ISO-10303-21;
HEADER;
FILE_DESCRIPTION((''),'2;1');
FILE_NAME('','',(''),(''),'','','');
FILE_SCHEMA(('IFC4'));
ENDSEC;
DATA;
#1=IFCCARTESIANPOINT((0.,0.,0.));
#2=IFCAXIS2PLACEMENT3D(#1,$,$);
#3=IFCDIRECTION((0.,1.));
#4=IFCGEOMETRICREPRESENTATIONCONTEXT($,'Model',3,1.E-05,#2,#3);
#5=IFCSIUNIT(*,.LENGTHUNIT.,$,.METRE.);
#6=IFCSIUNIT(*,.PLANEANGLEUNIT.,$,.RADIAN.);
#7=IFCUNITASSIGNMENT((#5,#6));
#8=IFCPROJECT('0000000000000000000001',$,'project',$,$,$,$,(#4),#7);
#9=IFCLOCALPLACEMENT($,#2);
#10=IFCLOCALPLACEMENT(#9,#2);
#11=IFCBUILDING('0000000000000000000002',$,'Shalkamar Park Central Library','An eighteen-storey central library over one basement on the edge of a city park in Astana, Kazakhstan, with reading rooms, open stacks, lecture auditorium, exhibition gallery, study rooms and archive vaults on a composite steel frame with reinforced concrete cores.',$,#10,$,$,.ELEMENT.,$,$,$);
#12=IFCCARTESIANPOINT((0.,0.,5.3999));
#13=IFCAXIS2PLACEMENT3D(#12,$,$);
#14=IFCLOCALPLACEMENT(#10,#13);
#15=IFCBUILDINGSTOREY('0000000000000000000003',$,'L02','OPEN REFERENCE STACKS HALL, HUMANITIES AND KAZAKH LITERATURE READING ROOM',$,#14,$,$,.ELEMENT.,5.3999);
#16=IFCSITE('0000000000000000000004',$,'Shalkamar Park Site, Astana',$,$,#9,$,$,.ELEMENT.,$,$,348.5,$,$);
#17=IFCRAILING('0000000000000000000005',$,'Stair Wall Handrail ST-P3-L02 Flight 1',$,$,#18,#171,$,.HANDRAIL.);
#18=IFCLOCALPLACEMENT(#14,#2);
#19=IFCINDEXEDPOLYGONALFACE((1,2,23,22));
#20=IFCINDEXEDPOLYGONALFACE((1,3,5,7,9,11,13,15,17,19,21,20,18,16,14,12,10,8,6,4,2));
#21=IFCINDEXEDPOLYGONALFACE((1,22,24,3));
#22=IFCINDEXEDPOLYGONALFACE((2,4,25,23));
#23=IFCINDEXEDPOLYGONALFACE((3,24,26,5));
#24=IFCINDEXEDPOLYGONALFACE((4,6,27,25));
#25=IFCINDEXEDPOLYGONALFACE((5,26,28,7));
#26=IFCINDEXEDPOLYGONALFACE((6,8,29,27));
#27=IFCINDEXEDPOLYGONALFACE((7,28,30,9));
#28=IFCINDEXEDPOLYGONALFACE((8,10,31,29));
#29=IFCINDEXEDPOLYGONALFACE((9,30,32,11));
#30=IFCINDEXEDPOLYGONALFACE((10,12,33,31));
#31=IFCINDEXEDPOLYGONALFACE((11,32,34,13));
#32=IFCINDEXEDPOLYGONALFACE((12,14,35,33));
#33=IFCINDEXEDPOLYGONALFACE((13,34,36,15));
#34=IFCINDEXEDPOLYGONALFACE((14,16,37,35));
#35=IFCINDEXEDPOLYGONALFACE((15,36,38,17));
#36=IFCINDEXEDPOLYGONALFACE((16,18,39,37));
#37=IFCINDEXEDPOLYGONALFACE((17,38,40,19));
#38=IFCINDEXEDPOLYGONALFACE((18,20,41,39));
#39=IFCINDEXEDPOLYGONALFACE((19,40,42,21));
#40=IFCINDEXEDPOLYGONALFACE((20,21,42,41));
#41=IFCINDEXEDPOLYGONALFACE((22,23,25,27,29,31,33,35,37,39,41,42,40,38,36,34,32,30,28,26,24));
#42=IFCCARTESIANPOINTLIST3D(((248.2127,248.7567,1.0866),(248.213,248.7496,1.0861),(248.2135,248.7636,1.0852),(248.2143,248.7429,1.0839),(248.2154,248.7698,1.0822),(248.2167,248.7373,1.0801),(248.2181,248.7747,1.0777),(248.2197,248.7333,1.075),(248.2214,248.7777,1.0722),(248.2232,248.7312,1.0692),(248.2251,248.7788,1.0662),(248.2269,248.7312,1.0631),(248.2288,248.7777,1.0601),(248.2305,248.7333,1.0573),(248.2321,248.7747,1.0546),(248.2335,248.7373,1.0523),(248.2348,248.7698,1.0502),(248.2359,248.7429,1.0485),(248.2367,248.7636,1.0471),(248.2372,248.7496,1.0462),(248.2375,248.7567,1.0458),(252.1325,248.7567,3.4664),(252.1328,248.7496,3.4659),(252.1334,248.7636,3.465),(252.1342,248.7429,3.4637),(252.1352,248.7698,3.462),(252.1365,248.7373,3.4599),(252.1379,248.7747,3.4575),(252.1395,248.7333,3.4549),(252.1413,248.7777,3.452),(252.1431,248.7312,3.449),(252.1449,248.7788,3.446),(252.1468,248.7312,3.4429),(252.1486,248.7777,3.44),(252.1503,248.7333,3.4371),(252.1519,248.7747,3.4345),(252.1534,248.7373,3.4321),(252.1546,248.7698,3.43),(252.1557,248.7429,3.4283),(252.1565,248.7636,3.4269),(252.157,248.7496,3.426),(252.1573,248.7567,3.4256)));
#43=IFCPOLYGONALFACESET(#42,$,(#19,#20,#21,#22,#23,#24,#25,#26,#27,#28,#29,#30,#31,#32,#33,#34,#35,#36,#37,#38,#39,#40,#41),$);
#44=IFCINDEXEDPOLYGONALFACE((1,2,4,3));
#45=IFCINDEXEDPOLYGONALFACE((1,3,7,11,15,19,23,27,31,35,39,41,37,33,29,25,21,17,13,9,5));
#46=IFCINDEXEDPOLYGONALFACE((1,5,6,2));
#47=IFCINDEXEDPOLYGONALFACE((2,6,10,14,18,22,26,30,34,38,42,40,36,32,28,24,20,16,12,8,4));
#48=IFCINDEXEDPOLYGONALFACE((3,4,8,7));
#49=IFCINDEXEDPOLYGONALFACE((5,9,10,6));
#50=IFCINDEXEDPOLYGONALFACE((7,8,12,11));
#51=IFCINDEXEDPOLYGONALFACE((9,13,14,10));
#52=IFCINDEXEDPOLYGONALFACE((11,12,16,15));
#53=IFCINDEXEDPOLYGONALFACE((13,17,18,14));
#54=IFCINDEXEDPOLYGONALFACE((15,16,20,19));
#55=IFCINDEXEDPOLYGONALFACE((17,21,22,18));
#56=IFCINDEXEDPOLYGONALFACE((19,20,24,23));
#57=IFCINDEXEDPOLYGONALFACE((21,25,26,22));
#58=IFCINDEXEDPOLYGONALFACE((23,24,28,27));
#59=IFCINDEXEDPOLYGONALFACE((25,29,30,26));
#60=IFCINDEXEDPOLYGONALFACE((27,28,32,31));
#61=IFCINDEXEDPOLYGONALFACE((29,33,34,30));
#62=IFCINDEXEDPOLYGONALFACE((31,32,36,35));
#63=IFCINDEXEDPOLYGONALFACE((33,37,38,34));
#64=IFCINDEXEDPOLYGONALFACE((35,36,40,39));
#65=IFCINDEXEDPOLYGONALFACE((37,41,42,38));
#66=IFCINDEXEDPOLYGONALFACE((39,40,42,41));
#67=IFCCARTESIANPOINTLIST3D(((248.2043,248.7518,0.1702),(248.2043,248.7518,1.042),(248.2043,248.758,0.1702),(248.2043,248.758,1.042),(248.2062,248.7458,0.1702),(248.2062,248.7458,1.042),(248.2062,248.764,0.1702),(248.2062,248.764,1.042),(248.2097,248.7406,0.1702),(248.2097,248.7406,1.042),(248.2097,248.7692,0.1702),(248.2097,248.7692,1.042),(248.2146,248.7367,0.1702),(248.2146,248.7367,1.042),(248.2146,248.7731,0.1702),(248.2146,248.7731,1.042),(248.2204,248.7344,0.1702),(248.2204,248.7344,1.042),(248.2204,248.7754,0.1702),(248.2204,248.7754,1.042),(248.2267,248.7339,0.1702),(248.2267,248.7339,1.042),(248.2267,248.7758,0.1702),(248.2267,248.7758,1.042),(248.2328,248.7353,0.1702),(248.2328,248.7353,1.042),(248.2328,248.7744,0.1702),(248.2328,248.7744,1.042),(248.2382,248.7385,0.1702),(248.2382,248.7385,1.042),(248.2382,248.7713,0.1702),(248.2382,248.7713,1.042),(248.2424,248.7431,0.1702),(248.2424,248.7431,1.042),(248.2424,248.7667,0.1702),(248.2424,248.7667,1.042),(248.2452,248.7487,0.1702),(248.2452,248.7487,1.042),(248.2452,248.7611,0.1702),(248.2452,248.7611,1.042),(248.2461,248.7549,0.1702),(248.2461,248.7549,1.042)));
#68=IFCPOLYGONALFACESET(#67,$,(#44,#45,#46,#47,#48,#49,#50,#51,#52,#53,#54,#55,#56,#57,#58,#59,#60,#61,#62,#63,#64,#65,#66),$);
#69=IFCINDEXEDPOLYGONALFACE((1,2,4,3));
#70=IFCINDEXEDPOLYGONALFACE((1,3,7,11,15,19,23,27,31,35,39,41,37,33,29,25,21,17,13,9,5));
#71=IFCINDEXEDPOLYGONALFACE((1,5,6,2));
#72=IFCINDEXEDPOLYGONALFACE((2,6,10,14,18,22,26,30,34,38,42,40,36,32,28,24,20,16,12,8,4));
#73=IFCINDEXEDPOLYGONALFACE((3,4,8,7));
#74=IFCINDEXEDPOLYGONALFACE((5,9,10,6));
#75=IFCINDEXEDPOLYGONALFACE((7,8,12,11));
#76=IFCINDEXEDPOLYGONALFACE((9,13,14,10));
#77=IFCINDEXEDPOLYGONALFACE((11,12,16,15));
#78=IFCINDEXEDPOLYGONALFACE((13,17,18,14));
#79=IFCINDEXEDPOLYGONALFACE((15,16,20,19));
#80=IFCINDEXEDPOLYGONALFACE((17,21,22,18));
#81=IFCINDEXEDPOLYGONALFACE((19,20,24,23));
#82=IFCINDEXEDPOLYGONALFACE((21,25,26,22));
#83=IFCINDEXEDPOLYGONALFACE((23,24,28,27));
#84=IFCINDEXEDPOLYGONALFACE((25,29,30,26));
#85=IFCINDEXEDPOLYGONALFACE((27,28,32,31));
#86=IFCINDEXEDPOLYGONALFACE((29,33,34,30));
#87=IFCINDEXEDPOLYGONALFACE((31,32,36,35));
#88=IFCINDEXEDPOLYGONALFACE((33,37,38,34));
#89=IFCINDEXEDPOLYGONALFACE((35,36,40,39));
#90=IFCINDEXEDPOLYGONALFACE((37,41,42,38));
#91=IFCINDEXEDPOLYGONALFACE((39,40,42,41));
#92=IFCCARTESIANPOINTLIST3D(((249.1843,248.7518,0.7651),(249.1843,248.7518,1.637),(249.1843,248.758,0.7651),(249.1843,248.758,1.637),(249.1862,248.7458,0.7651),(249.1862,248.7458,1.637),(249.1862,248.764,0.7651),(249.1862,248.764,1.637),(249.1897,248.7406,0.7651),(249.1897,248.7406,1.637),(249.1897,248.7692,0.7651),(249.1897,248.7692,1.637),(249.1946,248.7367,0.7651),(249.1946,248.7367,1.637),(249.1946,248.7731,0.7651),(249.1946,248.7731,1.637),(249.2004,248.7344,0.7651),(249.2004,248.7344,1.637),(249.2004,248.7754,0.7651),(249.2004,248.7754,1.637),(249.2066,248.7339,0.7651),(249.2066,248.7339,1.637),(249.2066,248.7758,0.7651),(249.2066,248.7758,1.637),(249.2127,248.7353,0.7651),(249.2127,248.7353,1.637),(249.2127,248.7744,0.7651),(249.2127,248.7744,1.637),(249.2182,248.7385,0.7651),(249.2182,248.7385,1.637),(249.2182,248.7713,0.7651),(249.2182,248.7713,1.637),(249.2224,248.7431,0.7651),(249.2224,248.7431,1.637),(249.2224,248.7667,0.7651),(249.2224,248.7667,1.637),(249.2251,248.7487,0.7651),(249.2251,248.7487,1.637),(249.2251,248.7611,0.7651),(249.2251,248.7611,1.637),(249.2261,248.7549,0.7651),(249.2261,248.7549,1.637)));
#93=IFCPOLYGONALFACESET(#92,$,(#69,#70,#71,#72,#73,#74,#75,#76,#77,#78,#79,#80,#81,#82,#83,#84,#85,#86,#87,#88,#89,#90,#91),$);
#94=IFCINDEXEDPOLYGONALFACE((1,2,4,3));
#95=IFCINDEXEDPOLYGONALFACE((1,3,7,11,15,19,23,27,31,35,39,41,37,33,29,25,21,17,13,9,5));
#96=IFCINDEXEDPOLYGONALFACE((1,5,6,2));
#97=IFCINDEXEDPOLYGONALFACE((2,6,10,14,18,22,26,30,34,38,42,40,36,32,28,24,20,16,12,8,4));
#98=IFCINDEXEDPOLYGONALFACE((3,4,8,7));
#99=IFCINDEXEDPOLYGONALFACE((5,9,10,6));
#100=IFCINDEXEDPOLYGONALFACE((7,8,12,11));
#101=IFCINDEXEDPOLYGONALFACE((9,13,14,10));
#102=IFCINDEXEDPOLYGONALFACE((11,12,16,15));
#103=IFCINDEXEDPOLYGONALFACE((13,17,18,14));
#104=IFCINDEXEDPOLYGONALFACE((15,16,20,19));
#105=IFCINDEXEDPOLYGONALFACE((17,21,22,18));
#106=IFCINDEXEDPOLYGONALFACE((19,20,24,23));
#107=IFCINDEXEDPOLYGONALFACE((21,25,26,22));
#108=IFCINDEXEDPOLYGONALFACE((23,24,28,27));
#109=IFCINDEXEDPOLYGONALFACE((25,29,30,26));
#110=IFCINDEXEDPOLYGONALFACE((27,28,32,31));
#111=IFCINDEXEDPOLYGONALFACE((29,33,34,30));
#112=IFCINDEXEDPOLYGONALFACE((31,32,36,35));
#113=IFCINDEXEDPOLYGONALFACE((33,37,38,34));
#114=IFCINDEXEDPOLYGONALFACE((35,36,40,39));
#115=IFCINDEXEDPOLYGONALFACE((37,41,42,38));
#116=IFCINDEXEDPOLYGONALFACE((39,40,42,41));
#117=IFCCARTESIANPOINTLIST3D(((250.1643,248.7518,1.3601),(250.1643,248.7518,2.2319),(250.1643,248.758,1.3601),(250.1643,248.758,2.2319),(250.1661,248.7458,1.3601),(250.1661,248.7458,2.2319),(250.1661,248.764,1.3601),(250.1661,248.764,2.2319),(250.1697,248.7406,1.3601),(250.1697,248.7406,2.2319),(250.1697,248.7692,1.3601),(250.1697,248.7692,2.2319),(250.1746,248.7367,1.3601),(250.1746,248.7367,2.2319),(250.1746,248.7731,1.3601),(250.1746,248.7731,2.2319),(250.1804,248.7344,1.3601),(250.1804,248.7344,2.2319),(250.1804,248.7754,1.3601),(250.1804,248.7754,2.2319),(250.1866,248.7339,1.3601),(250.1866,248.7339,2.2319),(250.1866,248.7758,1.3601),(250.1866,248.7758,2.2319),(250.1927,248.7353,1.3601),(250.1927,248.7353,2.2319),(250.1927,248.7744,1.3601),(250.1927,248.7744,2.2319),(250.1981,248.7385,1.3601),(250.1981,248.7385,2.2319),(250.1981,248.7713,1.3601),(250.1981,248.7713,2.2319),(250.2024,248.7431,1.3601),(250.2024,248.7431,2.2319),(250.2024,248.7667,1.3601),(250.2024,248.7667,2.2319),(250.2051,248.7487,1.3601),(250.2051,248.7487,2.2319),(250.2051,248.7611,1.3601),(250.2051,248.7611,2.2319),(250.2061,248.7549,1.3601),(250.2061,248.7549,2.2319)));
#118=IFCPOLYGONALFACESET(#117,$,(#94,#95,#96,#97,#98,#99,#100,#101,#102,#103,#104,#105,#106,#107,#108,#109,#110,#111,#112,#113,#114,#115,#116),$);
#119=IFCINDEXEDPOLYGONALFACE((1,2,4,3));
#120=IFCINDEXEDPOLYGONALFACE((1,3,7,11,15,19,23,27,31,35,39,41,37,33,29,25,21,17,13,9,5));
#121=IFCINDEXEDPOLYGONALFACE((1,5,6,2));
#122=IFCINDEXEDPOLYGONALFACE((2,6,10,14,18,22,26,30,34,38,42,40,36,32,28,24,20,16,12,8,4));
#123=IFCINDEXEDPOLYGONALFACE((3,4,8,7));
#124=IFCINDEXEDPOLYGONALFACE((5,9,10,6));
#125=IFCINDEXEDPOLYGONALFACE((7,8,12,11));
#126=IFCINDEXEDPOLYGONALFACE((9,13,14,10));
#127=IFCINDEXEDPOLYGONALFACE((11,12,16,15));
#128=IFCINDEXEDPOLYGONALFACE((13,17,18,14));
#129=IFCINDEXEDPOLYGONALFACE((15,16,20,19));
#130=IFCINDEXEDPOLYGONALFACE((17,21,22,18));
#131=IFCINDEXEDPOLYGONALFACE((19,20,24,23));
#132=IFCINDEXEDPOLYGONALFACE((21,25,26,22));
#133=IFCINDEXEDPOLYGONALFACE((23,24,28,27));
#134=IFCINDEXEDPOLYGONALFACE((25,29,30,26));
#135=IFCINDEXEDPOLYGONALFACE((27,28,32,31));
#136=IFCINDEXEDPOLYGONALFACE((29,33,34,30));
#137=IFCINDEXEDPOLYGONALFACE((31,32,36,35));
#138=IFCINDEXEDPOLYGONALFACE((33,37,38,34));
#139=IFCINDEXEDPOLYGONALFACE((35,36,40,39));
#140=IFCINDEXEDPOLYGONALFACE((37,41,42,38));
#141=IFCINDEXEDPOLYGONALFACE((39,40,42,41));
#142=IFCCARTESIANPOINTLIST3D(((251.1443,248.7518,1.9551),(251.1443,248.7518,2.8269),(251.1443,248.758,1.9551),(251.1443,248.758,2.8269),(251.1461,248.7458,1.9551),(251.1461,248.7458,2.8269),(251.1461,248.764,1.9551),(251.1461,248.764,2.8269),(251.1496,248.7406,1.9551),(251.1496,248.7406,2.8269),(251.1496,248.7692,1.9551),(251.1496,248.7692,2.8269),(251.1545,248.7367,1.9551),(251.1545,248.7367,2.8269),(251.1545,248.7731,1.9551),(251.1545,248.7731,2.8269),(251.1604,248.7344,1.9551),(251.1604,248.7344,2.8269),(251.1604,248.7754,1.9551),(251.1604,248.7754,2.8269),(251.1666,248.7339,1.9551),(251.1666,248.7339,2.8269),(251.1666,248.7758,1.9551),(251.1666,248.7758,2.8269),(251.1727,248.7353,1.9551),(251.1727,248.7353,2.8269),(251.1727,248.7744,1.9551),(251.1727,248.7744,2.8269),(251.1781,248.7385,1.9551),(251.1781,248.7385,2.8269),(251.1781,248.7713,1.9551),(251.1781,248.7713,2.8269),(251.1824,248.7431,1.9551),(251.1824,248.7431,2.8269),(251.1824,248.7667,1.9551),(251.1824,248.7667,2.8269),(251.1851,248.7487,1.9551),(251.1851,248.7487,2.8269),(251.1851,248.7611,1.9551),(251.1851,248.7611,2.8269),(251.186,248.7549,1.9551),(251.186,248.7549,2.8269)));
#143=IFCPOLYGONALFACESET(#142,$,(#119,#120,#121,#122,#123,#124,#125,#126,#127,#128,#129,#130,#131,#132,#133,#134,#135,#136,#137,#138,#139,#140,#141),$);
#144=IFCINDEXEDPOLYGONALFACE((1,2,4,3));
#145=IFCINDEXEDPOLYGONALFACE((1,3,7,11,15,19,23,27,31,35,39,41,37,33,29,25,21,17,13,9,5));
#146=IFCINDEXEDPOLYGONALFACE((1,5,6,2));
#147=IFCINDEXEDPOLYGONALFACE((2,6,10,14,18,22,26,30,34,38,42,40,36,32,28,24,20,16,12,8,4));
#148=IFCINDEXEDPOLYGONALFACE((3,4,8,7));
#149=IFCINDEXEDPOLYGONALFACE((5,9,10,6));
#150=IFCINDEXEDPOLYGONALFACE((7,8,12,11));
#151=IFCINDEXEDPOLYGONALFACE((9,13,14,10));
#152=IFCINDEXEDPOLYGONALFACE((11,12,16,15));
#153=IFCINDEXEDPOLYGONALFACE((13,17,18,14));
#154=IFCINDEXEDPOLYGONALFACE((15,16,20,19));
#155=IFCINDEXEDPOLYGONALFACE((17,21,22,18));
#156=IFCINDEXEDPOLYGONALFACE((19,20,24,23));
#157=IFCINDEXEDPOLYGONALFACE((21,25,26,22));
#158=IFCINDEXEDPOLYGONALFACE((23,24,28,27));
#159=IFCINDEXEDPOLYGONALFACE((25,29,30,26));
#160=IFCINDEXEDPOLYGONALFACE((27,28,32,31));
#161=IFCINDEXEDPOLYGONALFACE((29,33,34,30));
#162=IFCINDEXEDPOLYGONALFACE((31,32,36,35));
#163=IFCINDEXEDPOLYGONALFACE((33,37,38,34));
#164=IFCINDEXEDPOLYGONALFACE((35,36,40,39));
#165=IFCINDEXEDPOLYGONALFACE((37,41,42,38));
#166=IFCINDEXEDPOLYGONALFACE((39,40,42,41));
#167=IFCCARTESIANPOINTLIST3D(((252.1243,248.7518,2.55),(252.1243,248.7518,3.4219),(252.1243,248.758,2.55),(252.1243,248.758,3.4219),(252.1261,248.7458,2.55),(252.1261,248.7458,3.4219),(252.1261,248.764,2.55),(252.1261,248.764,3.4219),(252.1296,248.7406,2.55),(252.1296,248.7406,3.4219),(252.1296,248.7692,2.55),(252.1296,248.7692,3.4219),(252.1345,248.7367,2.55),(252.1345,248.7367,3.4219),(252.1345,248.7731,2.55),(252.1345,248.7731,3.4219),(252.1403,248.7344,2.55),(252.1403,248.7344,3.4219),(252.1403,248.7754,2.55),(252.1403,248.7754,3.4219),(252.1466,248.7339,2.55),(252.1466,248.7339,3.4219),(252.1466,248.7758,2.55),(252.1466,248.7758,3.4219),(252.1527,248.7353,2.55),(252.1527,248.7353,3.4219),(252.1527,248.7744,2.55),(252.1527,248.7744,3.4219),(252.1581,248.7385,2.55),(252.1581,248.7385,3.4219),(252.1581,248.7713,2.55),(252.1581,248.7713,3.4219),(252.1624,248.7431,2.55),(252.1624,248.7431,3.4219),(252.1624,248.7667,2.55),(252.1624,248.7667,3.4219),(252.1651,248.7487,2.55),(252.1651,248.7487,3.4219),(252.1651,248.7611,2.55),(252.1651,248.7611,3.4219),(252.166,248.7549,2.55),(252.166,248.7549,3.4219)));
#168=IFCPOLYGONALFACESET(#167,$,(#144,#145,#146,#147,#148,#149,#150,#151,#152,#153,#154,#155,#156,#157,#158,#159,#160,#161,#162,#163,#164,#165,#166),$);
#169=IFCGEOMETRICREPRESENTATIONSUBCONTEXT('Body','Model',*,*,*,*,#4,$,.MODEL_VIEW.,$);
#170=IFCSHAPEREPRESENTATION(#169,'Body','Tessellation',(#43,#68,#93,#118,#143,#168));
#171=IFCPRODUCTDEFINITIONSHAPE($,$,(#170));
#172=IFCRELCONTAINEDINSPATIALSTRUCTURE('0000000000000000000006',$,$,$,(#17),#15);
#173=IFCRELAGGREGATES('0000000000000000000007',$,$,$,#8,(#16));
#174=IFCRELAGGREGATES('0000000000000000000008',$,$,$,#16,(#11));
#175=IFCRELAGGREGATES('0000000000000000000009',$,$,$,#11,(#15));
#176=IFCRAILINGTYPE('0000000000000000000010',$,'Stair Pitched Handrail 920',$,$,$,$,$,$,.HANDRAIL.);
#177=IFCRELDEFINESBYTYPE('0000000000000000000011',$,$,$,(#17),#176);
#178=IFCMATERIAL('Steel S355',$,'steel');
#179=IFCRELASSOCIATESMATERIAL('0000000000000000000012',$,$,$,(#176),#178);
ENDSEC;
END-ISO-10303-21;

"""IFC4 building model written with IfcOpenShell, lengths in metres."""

from ifc_helpers import new_model, si_unit, direction, frame, origin, origin_2d, place, context, subcontext, project, spatial, circle, extrude, material, type_object, element, save


model = new_model("IFC4")

# Units and contexts
model_context = context("Model", 3, precision=1e-05, world=origin(), true_north=direction((0.0, 1.0)))
body_context = subcontext(model_context, "Body", "Model", "MODEL_VIEW")
ifc_project = project(units=[si_unit("LENGTHUNIT", "METRE"), si_unit("PLANEANGLEUNIT", "RADIAN")], contexts=[model_context])

# Site, building, storey
site_placement = place(None, origin())
site = spatial("IfcSite", under=ifc_project, at=site_placement, Name="Shalkamar Park Site, Astana", CompositionType="ELEMENT", RefElevation=348.5)
building_placement = place(site_placement, origin())
building = spatial("IfcBuilding", under=site, at=building_placement, Name="Shalkamar Park Central Library", Description="An eighteen-storey central library over one basement on the edge of a city park in Astana, Kazakhstan, with reading rooms, open stacks, lecture auditorium, exhibition gallery, study rooms and archive vaults on a composite steel frame with reinforced concrete cores.", CompositionType="ELEMENT")
storey_placement = place(building_placement, frame((0.0, 0.0, 5.3999)))
storey = spatial("IfcBuildingStorey", under=building, at=storey_placement, Name="L02", Description="OPEN REFERENCE STACKS HALL, HUMANITIES AND KAZAKH LITERATURE READING ROOM", CompositionType="ELEMENT", Elevation=5.3999)

# Shared definitions
ifc_material_1 = material(Name="Steel S355", Category="steel")

# Railing
railing_type_1 = type_object("IfcRailingType", Name="Stair Pitched Handrail 920", PredefinedType="HANDRAIL", material=ifc_material_1)
railing_1_placement = place(storey_placement, frame((248.2251, 248.7549, 0.1702)))
element("IfcRailing", 1, at=railing_1_placement, inside=storey, type_object=railing_type_1, Name="Stair Wall Handrail ST-P3-L02 Flight 1", PredefinedType="HANDRAIL", context=body_context, shape_type="SweptSolid", body=[
    extrude(circle(Radius=0.0239, at=origin_2d()), frame((0.0, 0.0, 0.896), z_axis=(0.854794, 0.0, 0.518967), x_axis=(0.0, 1.0, 0.0)), (0.0, 0.0, 1.0), 4.5857),
    extrude(circle(Radius=0.021, at=origin_2d()), origin(), (0.0, 0.0, 1.0), 0.8718),
    extrude(circle(Radius=0.021, at=origin_2d()), frame((0.98, 0.0, 0.595)), (0.0, 0.0, 1.0), 0.8718),
    extrude(circle(Radius=0.021, at=origin_2d()), frame((1.96, 0.0, 1.1899)), (0.0, 0.0, 1.0), 0.8718),
    extrude(circle(Radius=0.021, at=origin_2d()), frame((2.9399, 0.0, 1.7849)), (0.0, 0.0, 1.0), 0.8718),
    extrude(circle(Radius=0.021, at=origin_2d()), frame((3.9199, 0.0, 2.3799)), (0.0, 0.0, 1.0), 0.8718),
])

save(model, "model.ifc")
